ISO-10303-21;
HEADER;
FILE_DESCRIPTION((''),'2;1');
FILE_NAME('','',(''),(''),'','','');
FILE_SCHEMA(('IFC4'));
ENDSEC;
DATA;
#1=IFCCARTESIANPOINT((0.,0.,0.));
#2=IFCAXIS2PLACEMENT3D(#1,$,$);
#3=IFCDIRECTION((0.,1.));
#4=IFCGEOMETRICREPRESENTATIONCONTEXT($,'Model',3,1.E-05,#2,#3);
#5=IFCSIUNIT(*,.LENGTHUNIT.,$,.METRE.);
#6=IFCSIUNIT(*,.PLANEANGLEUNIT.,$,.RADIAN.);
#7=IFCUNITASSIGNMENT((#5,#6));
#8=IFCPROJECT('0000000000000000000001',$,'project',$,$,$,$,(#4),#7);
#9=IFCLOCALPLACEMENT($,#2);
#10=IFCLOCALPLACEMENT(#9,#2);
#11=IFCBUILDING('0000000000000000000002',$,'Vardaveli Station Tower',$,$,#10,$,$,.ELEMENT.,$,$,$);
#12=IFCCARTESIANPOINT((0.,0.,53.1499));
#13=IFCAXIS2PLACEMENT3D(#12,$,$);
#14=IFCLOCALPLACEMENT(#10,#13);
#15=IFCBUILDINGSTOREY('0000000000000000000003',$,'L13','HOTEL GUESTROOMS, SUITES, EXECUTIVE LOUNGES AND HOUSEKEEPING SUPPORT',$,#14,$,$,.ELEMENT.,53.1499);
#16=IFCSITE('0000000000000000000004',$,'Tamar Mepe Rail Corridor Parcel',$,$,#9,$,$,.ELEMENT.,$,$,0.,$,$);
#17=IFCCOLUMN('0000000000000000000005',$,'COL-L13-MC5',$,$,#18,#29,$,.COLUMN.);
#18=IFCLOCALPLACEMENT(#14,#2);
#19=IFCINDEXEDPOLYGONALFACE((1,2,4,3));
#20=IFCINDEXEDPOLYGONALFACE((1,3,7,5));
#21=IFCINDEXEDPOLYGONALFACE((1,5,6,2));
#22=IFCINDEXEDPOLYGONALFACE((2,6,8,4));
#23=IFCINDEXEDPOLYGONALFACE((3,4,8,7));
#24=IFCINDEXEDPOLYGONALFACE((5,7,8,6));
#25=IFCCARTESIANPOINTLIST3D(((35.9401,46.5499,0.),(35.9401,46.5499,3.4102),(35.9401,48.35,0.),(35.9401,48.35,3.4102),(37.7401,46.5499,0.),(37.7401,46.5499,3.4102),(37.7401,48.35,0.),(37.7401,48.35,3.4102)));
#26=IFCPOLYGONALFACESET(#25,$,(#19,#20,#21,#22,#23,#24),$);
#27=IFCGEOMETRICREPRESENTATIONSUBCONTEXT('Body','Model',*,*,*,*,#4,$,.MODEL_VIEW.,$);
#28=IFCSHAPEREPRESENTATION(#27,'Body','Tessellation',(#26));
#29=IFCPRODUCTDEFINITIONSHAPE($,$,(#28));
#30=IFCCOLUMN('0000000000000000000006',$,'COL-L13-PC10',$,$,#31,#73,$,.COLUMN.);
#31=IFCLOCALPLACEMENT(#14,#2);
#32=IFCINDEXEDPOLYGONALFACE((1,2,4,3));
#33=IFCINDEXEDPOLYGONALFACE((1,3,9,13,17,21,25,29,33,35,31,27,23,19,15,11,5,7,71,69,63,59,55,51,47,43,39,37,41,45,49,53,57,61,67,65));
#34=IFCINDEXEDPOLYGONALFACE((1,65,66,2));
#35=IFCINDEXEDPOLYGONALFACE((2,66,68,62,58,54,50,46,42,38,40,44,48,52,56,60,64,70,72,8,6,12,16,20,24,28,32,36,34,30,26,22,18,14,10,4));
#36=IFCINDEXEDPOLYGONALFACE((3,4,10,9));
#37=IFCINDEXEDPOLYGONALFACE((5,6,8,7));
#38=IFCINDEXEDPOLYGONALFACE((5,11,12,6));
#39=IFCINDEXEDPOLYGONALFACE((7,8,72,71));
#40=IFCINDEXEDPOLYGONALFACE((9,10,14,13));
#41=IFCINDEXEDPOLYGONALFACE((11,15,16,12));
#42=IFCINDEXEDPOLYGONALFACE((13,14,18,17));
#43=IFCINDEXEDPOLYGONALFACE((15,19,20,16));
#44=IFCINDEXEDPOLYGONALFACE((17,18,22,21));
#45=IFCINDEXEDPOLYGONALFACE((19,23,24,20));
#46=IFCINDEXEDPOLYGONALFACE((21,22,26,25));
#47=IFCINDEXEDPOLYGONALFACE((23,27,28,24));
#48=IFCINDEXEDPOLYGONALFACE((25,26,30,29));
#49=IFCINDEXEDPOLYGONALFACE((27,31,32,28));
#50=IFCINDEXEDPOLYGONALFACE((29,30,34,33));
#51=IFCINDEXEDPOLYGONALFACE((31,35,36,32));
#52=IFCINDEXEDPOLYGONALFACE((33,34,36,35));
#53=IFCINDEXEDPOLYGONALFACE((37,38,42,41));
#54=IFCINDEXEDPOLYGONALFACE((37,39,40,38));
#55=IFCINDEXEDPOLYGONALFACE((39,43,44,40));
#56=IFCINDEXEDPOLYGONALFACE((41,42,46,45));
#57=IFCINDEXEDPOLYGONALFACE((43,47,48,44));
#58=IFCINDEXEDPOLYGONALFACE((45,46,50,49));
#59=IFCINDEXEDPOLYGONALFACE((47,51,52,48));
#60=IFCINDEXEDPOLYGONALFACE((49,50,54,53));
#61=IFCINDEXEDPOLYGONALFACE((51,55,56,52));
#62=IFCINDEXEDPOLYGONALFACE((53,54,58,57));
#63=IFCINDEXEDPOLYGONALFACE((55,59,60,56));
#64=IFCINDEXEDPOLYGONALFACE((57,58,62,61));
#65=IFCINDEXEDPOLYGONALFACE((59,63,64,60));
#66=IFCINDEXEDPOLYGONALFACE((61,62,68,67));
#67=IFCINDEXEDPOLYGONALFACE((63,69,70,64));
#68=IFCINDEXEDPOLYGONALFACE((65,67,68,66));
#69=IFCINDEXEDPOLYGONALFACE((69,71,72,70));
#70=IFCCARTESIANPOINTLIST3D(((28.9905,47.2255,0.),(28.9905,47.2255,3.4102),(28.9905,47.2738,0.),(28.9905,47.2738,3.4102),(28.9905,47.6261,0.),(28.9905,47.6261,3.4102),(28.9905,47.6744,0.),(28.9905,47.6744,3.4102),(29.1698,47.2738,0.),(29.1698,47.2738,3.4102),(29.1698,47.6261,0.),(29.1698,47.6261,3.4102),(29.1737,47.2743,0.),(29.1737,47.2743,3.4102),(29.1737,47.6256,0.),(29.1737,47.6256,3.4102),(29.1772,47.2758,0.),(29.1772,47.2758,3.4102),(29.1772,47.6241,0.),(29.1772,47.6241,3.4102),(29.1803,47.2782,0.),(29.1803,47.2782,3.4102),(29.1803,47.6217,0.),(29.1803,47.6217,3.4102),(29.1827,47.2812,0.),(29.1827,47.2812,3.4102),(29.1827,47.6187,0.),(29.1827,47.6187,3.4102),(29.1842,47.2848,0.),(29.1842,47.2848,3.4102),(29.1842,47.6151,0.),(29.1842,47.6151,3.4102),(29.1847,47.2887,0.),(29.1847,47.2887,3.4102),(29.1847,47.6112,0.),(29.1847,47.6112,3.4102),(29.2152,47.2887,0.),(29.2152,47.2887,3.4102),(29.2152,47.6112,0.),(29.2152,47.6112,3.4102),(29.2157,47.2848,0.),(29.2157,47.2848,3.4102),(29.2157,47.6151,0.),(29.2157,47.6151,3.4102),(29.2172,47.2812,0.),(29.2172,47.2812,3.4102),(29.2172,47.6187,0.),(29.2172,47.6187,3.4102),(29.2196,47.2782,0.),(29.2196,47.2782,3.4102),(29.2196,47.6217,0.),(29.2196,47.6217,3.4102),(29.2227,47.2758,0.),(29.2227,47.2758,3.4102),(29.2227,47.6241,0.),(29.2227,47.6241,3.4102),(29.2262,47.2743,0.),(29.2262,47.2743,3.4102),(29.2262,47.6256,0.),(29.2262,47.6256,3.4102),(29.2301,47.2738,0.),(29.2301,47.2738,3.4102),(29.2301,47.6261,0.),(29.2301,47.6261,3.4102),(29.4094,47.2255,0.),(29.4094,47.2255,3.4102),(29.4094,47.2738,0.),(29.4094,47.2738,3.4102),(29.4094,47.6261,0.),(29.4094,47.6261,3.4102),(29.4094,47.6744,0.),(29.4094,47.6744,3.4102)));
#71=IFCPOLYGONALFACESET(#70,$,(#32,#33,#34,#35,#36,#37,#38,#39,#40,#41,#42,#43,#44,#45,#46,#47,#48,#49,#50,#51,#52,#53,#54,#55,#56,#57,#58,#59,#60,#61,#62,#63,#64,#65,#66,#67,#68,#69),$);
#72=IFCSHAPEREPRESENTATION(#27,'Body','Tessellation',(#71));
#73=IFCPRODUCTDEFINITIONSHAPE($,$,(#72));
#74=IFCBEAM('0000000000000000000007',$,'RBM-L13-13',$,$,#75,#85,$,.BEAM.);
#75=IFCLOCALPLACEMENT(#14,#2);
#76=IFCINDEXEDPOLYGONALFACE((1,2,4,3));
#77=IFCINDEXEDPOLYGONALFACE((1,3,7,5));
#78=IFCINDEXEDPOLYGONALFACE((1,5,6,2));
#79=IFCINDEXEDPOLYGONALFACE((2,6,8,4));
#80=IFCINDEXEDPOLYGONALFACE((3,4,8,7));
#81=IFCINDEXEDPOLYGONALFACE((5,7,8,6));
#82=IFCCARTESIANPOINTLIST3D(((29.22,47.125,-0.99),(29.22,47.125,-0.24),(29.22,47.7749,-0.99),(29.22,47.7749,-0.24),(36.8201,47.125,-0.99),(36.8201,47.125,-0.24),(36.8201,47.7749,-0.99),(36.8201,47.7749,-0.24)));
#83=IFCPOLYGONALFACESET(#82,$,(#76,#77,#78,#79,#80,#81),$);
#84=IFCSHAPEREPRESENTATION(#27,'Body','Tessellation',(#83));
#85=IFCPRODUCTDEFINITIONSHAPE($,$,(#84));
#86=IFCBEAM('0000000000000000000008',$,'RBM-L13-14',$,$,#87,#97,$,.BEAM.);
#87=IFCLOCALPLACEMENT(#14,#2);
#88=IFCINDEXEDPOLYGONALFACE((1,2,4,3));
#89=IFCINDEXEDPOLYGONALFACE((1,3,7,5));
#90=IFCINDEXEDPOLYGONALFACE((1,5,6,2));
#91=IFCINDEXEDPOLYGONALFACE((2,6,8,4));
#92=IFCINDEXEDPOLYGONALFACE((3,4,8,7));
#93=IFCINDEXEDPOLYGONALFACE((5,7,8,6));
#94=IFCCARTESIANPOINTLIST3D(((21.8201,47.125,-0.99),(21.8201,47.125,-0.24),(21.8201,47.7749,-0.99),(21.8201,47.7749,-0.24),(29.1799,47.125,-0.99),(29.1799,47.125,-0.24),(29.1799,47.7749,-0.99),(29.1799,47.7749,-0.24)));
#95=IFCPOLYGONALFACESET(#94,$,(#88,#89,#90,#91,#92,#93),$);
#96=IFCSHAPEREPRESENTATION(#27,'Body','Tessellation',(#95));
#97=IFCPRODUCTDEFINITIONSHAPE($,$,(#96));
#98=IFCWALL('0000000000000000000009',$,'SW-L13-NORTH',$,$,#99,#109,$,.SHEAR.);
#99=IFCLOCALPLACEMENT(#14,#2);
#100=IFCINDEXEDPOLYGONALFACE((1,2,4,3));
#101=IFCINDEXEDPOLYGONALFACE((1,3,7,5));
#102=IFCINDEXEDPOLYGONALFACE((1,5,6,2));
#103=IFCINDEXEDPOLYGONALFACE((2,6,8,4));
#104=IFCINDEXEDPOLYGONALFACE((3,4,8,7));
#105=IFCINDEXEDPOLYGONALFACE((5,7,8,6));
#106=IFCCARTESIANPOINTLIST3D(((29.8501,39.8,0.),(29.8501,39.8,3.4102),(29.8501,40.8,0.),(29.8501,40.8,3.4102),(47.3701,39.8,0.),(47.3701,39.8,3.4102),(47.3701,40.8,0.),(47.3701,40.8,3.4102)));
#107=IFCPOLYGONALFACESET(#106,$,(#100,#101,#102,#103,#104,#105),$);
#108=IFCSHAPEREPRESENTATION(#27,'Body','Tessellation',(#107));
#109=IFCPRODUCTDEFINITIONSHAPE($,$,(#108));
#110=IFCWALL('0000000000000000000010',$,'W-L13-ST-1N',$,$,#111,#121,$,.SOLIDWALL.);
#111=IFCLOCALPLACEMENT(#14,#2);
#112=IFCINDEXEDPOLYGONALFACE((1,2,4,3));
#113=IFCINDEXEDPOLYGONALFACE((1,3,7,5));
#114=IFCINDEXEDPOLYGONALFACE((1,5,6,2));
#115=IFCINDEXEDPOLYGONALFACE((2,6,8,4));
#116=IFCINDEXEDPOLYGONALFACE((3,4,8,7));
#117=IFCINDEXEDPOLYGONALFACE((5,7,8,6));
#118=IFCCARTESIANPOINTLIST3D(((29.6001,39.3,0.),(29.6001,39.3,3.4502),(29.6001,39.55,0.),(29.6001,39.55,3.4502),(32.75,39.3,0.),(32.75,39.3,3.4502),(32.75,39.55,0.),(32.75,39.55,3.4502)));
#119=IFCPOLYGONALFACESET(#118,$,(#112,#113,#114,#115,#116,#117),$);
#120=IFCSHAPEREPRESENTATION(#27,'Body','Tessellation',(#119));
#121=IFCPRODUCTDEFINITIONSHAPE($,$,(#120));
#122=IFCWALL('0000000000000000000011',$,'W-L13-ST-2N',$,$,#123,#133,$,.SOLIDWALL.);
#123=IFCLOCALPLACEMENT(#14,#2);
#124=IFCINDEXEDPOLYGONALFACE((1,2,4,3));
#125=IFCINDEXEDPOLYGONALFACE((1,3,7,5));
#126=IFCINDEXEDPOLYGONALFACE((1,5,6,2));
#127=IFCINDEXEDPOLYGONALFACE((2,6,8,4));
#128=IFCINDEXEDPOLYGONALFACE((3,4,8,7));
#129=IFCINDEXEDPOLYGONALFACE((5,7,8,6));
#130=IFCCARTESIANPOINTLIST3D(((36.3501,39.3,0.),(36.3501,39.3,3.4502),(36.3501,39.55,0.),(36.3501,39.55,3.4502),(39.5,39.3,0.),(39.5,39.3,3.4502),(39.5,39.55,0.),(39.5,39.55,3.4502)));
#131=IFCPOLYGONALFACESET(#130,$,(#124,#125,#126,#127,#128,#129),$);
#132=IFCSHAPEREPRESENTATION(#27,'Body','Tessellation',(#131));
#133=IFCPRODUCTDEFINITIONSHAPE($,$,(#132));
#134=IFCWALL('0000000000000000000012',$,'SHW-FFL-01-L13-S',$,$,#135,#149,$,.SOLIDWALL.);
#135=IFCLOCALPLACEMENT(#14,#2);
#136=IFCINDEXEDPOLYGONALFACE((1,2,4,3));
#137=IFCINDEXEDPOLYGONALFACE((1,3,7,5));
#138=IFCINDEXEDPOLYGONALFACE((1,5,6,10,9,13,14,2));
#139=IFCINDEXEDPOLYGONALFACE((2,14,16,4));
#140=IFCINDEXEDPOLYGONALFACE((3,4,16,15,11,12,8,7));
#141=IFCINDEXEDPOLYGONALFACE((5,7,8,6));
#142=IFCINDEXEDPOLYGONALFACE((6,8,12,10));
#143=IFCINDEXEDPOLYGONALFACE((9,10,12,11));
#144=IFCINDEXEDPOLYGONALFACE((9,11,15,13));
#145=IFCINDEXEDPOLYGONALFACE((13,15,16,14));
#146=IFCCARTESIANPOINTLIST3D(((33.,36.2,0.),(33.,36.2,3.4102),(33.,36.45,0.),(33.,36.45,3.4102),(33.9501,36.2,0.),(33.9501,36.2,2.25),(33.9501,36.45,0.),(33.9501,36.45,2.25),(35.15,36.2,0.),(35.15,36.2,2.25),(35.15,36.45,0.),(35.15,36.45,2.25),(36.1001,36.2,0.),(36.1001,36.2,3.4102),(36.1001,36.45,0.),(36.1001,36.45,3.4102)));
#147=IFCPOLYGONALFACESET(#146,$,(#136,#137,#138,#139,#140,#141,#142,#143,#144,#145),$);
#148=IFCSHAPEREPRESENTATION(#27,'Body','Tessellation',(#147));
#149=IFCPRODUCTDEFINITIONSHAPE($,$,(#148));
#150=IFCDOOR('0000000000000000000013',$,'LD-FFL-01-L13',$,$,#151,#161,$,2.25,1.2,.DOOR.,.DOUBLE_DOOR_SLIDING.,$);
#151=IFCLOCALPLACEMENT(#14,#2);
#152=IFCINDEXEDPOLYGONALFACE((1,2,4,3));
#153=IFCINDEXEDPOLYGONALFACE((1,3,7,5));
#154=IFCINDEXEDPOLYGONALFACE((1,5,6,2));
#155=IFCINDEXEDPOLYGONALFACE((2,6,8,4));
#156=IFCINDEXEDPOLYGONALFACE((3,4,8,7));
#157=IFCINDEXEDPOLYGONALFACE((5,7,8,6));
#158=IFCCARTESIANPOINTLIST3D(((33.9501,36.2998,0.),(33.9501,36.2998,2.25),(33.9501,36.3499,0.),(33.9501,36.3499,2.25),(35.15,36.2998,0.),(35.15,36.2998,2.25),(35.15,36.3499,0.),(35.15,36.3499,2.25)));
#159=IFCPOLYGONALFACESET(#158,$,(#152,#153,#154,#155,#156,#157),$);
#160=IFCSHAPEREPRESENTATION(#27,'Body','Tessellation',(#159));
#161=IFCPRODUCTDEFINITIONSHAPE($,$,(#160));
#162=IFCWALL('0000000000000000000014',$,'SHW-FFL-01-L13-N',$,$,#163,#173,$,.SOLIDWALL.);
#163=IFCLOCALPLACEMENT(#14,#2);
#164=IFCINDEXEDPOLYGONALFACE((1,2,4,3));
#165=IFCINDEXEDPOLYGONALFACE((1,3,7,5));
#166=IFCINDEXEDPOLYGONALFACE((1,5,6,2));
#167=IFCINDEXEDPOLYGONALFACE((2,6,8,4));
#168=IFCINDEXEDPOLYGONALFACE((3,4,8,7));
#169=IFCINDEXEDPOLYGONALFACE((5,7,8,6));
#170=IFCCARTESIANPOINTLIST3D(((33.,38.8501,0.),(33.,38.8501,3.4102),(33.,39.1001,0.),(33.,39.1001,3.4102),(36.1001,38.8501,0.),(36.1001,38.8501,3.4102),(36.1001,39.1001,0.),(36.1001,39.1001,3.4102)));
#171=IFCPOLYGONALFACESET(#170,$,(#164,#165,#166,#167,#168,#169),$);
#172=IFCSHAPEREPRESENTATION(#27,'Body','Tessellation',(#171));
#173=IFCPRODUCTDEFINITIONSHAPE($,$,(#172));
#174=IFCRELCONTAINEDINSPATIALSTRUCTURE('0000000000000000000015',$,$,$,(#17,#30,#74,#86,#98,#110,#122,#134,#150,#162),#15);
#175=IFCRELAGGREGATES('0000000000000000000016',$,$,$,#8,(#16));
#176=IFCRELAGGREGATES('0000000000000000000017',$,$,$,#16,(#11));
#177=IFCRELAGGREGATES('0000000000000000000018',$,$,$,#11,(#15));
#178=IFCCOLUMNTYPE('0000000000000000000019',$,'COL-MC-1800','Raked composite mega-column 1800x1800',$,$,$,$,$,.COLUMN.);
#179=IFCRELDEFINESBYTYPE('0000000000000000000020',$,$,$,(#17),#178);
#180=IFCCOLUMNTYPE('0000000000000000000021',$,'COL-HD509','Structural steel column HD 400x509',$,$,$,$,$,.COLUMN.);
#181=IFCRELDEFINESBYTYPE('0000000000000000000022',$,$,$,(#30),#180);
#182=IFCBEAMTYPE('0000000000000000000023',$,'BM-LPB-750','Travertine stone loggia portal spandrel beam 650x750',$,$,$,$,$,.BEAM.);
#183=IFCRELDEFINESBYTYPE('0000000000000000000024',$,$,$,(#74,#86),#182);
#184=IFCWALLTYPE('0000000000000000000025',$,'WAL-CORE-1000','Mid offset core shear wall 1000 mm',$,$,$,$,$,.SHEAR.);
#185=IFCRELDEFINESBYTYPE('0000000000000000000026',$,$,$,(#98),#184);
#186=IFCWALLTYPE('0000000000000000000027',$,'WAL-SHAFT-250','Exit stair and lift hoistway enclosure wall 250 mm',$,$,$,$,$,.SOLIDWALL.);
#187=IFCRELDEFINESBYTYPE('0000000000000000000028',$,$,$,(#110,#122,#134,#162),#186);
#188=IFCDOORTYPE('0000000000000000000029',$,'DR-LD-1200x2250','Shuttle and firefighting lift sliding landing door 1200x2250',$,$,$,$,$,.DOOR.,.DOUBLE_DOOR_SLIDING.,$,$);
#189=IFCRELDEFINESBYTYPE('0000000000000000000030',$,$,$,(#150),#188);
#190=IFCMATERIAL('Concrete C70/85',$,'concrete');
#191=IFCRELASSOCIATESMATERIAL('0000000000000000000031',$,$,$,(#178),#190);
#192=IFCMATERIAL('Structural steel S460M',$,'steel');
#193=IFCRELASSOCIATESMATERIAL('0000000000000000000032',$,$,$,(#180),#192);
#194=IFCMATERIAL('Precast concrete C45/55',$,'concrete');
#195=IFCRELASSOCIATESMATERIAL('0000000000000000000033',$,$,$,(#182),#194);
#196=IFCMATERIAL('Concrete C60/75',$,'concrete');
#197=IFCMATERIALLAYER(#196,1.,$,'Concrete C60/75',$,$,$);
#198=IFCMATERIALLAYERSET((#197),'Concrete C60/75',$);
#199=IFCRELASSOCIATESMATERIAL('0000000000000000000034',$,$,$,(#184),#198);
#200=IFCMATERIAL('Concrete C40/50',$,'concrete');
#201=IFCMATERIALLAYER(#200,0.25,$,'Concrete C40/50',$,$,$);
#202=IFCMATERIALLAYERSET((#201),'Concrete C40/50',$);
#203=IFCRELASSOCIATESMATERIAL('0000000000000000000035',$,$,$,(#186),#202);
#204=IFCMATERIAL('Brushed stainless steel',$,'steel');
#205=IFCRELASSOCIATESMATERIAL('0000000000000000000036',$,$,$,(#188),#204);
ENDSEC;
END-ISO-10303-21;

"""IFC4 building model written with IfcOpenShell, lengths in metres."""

from ifc_helpers import new_model, si_unit, direction, frame, frame_2d, origin, origin_2d, place, context, subcontext, project, spatial, rectangle, i_section, extrude, source, transform, mapped, material, layer, layer_set, material_profile, profile_set, type_object, element, fill, save


model = new_model("IFC4")

# Units and contexts
model_context = context("Model", 3, precision=1e-05, world=origin(), true_north=direction((0.0, 1.0)))
body_context = subcontext(model_context, "Body", "Model", "MODEL_VIEW")
ifc_project = project(units=[si_unit("LENGTHUNIT", "METRE"), si_unit("PLANEANGLEUNIT", "RADIAN")], contexts=[model_context])

# Site, building, storey
site_placement = place(None, origin())
site = spatial("IfcSite", under=ifc_project, at=site_placement, Name="Tamar Mepe Rail Corridor Parcel", CompositionType="ELEMENT", RefElevation=0.0)
building_placement = place(site_placement, origin())
building = spatial("IfcBuilding", under=site, at=building_placement, Name="Vardaveli Station Tower", CompositionType="ELEMENT")
storey_placement = place(building_placement, frame((0.0, 0.0, 53.1499)))
storey = spatial("IfcBuildingStorey", under=building, at=storey_placement, Name="L13", Description="HOTEL GUESTROOMS, SUITES, EXECUTIVE LOUNGES AND HOUSEKEEPING SUPPORT", CompositionType="ELEMENT", Elevation=53.1499)

# Columns
ifc_material_1 = material(Name="Concrete C70/85", Category="concrete")
ifc_material_profile_1 = material_profile(ifc_material_1, rectangle(XDim=1.8, YDim=1.8, at=origin_2d()), Name="MC 1800x1800")
ifc_profile_set_1 = profile_set([ifc_material_profile_1], Name="Concrete C70/85")
column_type_1 = type_object("IfcColumnType", Name="COL-MC-1800", Description="Raked composite mega-column 1800x1800", PredefinedType="COLUMN", material=ifc_profile_set_1)
shared_shape_1 = source(origin(), body_context, "Body", "SweptSolid", [
    extrude(rectangle(XDim=1.8, YDim=1.8, at=origin_2d()), origin(), (0.0, 0.0, 1.0), 3.4102),
])
column_1_placement = place(storey_placement, frame((36.8401, 47.45, 0.0), z_axis=(0.0, 0.0, 1.0), x_axis=(1.0, 0.0, 0.0)))
element("IfcColumn", 1, at=column_1_placement, inside=storey, type_object=column_type_1, Name="COL-L13-MC5", PredefinedType="COLUMN", context=body_context, shape_type="MappedRepresentation", body=[
    mapped(shared_shape_1, transform((0.0, 0.0, 0.0), scale=1.0)),
])
ifc_material_2 = material(Name="Structural steel S460M", Category="steel")
ifc_material_profile_2 = material_profile(ifc_material_2, i_section(OverallWidth=0.4189, OverallDepth=0.449, WebThickness=0.0305, FlangeThickness=0.0483, FilletRadius=0.0149, at=origin_2d()), Name="HD 400x509")
ifc_profile_set_2 = profile_set([ifc_material_profile_2], Name="Structural steel S460M")
column_type_2 = type_object("IfcColumnType", Name="COL-HD509", Description="Structural steel column HD 400x509", PredefinedType="COLUMN", material=ifc_profile_set_2)
shared_shape_2 = source(origin(), body_context, "Body", "SweptSolid", [
    extrude(i_section(OverallWidth=0.4189, OverallDepth=0.449, WebThickness=0.0305, FlangeThickness=0.0483, FilletRadius=0.0149, at=origin_2d()), origin(), (0.0, 0.0, 1.0), 3.4102),
])
column_2_placement = place(storey_placement, frame((29.2, 47.45, 0.0), z_axis=(0.0, 0.0, 1.0), x_axis=(1.0, 0.0, 0.0)))
element("IfcColumn", 2, at=column_2_placement, inside=storey, type_object=column_type_2, Name="COL-L13-PC10", PredefinedType="COLUMN", context=body_context, shape_type="MappedRepresentation", body=[
    mapped(shared_shape_2, transform((0.0, 0.0, 0.0), scale=1.0)),
])

# Beams
ifc_material_3 = material(Name="Precast concrete C45/55", Category="concrete")
ifc_material_profile_3 = material_profile(ifc_material_3, rectangle(XDim=0.6499, YDim=0.75, at=origin_2d()), Name="LPB 650x750")
ifc_profile_set_3 = profile_set([ifc_material_profile_3], Name="Precast concrete C45/55")
beam_type = type_object("IfcBeamType", Name="BM-LPB-750", Description="Travertine stone loggia portal spandrel beam 650x750", PredefinedType="BEAM", material=ifc_profile_set_3)
shared_shape_3 = source(origin(), body_context, "Body", "SweptSolid", [
    extrude(rectangle(XDim=0.6499, YDim=0.75, at=origin_2d()), origin(), (0.0, 0.0, 1.0), 7.6001),
])
beam_1_placement = place(storey_placement, frame((36.8201, 47.45, -0.615), z_axis=(-1.0, 0.0, 0.0), x_axis=(0.0, -1.0, 0.0)))
element("IfcBeam", 3, at=beam_1_placement, inside=storey, type_object=beam_type, Name="RBM-L13-13", PredefinedType="BEAM", context=body_context, shape_type="MappedRepresentation", body=[
    mapped(shared_shape_3, transform((0.0, 0.0, 0.0), scale=1.0)),
])
shared_shape_4 = source(origin(), body_context, "Body", "SweptSolid", [
    extrude(rectangle(XDim=0.6499, YDim=0.75, at=origin_2d()), origin(), (0.0, 0.0, 1.0), 7.3599),
])
beam_2_placement = place(storey_placement, frame((29.1799, 47.45, -0.615), z_axis=(-1.0, 0.0, 0.0), x_axis=(0.0, -1.0, 0.0)))
element("IfcBeam", 4, at=beam_2_placement, inside=storey, type_object=beam_type, Name="RBM-L13-14", PredefinedType="BEAM", context=body_context, shape_type="MappedRepresentation", body=[
    mapped(shared_shape_4, transform((0.0, 0.0, 0.0), scale=1.0)),
])

# Walls
ifc_material_4 = material(Name="Concrete C60/75", Category="concrete")
ifc_layer_1 = layer(ifc_material_4, 1.0, Name="Concrete C60/75")
ifc_layer_set_1 = layer_set([ifc_layer_1], Name="Concrete C60/75")
wall_type_1 = type_object("IfcWallType", Name="WAL-CORE-1000", Description="Mid offset core shear wall 1000 mm", PredefinedType="SHEAR", material=ifc_layer_set_1)
shared_shape_5 = source(origin(), body_context, "Body", "SweptSolid", [
    extrude(rectangle(XDim=17.52, YDim=1.0, at=frame_2d((8.76, 0.0))), origin(), (0.0, 0.0, 1.0), 3.4102),
])
wall_1_placement = place(storey_placement, frame((29.8501, 40.3, 0.0), z_axis=(0.0, 0.0, 1.0), x_axis=(1.0, 0.0, 0.0)))
element("IfcWall", 5, at=wall_1_placement, inside=storey, type_object=wall_type_1, Name="SW-L13-NORTH", PredefinedType="SHEAR", context=body_context, shape_type="MappedRepresentation", body=[
    mapped(shared_shape_5, transform((0.0, 0.0, 0.0), scale=1.0)),
])
ifc_material_5 = material(Name="Concrete C40/50", Category="concrete")
ifc_layer_2 = layer(ifc_material_5, 0.25, Name="Concrete C40/50")
ifc_layer_set_2 = layer_set([ifc_layer_2], Name="Concrete C40/50")
wall_type_2 = type_object("IfcWallType", Name="WAL-SHAFT-250", Description="Exit stair and lift hoistway enclosure wall 250 mm", PredefinedType="SOLIDWALL", material=ifc_layer_set_2)
shared_shape_6 = source(origin(), body_context, "Body", "SweptSolid", [
    extrude(rectangle(XDim=3.1499, YDim=0.25, at=frame_2d((1.575, 0.0))), origin(), (0.0, 0.0, 1.0), 3.4502),
])
for number, where, z_axis, x_axis, name in (
    (6, (29.6001, 39.425, 0.0), (0.0, 0.0, 1.0), (1.0, 0.0, 0.0), "W-L13-ST-1N"),
    (7, (36.3501, 39.425, 0.0), (0.0, 0.0, 1.0), (1.0, 0.0, 0.0), "W-L13-ST-2N"),
):
    element("IfcWall", number, at=place(storey_placement, frame(where, z_axis=z_axis, x_axis=x_axis)), inside=storey, type_object=wall_type_2, Name=name, PredefinedType="SOLIDWALL", context=body_context, shape_type="MappedRepresentation", body=[
        mapped(shared_shape_6, transform((0.0, 0.0, 0.0), scale=1.0)),
    ])

# Wall, opening, door
shared_shape_7 = source(origin(), body_context, "Body", "SweptSolid", [
    extrude(rectangle(XDim=3.1001, YDim=0.25, at=frame_2d((1.55, 0.0))), origin(), (0.0, 0.0, 1.0), 3.4102),
])
wall_2_placement = place(storey_placement, frame((33.0, 36.325, 0.0), z_axis=(0.0, 0.0, 1.0), x_axis=(1.0, 0.0, 0.0)))
wall_2 = element("IfcWall", 8, at=wall_2_placement, inside=storey, type_object=wall_type_2, Name="SHW-FFL-01-L13-S", PredefinedType="SOLIDWALL", context=body_context, shape_type="MappedRepresentation", body=[
    mapped(shared_shape_7, transform((0.0, 0.0, 0.0), scale=1.0)),
])
shared_shape_8 = source(origin(), body_context, "Body", "SweptSolid", [
    extrude(rectangle(XDim=1.2, YDim=2.25, at=frame_2d((0.6001, 1.125))), frame((0.0, 0.135, 0.0), z_axis=(0.0, -1.0, 0.0), x_axis=(1.0, 0.0, 0.0)), (0.0, 0.0, 1.0), 0.27),
])
opening_1_placement = place(wall_2_placement, frame((0.95, 0.0, 0.0)))
opening_1 = element("IfcOpeningElement", 9, at=opening_1_placement, cuts=wall_2, PredefinedType="OPENING", context=body_context, shape_type="MappedRepresentation", body=[
    mapped(shared_shape_8, transform((0.0, 0.0, 0.0), scale=1.0)),
])
ifc_material_6 = material(Name="Brushed stainless steel", Category="steel")
door_type = type_object("IfcDoorType", Name="DR-LD-1200x2250", Description="Shuttle and firefighting lift sliding landing door 1200x2250", OperationType="DOUBLE_DOOR_SLIDING", PredefinedType="DOOR", material=ifc_material_6)
shared_shape_9 = source(origin(), body_context, "Body", "SweptSolid", [
    extrude(rectangle(XDim=1.2, YDim=2.25, at=frame_2d((0.6001, 1.125))), frame((0.0, 0.0249, 0.0), z_axis=(0.0, -1.0, 0.0), x_axis=(1.0, 0.0, 0.0)), (0.0, 0.0, 1.0), 0.05),
])
door_1_placement = place(opening_1_placement, origin())
door_1 = element("IfcDoor", 10, at=door_1_placement, inside=storey, type_object=door_type, Name="LD-FFL-01-L13", OperationType="DOUBLE_DOOR_SLIDING", OverallHeight=2.25, OverallWidth=1.2, PredefinedType="DOOR", context=body_context, shape_type="MappedRepresentation", body=[
    mapped(shared_shape_9, transform((0.0, 0.0, 0.0), scale=1.0)),
])
fill(opening_1, door_1)

# Wall
wall_3_placement = place(storey_placement, frame((33.0, 38.9751, 0.0), z_axis=(0.0, 0.0, 1.0), x_axis=(1.0, 0.0, 0.0)))
element("IfcWall", 11, at=wall_3_placement, inside=storey, type_object=wall_type_2, Name="SHW-FFL-01-L13-N", PredefinedType="SOLIDWALL", context=body_context, shape_type="MappedRepresentation", body=[
    mapped(shared_shape_7, transform((0.0, 0.0, 0.0), scale=1.0)),
])

save(model, "model.ifc")
